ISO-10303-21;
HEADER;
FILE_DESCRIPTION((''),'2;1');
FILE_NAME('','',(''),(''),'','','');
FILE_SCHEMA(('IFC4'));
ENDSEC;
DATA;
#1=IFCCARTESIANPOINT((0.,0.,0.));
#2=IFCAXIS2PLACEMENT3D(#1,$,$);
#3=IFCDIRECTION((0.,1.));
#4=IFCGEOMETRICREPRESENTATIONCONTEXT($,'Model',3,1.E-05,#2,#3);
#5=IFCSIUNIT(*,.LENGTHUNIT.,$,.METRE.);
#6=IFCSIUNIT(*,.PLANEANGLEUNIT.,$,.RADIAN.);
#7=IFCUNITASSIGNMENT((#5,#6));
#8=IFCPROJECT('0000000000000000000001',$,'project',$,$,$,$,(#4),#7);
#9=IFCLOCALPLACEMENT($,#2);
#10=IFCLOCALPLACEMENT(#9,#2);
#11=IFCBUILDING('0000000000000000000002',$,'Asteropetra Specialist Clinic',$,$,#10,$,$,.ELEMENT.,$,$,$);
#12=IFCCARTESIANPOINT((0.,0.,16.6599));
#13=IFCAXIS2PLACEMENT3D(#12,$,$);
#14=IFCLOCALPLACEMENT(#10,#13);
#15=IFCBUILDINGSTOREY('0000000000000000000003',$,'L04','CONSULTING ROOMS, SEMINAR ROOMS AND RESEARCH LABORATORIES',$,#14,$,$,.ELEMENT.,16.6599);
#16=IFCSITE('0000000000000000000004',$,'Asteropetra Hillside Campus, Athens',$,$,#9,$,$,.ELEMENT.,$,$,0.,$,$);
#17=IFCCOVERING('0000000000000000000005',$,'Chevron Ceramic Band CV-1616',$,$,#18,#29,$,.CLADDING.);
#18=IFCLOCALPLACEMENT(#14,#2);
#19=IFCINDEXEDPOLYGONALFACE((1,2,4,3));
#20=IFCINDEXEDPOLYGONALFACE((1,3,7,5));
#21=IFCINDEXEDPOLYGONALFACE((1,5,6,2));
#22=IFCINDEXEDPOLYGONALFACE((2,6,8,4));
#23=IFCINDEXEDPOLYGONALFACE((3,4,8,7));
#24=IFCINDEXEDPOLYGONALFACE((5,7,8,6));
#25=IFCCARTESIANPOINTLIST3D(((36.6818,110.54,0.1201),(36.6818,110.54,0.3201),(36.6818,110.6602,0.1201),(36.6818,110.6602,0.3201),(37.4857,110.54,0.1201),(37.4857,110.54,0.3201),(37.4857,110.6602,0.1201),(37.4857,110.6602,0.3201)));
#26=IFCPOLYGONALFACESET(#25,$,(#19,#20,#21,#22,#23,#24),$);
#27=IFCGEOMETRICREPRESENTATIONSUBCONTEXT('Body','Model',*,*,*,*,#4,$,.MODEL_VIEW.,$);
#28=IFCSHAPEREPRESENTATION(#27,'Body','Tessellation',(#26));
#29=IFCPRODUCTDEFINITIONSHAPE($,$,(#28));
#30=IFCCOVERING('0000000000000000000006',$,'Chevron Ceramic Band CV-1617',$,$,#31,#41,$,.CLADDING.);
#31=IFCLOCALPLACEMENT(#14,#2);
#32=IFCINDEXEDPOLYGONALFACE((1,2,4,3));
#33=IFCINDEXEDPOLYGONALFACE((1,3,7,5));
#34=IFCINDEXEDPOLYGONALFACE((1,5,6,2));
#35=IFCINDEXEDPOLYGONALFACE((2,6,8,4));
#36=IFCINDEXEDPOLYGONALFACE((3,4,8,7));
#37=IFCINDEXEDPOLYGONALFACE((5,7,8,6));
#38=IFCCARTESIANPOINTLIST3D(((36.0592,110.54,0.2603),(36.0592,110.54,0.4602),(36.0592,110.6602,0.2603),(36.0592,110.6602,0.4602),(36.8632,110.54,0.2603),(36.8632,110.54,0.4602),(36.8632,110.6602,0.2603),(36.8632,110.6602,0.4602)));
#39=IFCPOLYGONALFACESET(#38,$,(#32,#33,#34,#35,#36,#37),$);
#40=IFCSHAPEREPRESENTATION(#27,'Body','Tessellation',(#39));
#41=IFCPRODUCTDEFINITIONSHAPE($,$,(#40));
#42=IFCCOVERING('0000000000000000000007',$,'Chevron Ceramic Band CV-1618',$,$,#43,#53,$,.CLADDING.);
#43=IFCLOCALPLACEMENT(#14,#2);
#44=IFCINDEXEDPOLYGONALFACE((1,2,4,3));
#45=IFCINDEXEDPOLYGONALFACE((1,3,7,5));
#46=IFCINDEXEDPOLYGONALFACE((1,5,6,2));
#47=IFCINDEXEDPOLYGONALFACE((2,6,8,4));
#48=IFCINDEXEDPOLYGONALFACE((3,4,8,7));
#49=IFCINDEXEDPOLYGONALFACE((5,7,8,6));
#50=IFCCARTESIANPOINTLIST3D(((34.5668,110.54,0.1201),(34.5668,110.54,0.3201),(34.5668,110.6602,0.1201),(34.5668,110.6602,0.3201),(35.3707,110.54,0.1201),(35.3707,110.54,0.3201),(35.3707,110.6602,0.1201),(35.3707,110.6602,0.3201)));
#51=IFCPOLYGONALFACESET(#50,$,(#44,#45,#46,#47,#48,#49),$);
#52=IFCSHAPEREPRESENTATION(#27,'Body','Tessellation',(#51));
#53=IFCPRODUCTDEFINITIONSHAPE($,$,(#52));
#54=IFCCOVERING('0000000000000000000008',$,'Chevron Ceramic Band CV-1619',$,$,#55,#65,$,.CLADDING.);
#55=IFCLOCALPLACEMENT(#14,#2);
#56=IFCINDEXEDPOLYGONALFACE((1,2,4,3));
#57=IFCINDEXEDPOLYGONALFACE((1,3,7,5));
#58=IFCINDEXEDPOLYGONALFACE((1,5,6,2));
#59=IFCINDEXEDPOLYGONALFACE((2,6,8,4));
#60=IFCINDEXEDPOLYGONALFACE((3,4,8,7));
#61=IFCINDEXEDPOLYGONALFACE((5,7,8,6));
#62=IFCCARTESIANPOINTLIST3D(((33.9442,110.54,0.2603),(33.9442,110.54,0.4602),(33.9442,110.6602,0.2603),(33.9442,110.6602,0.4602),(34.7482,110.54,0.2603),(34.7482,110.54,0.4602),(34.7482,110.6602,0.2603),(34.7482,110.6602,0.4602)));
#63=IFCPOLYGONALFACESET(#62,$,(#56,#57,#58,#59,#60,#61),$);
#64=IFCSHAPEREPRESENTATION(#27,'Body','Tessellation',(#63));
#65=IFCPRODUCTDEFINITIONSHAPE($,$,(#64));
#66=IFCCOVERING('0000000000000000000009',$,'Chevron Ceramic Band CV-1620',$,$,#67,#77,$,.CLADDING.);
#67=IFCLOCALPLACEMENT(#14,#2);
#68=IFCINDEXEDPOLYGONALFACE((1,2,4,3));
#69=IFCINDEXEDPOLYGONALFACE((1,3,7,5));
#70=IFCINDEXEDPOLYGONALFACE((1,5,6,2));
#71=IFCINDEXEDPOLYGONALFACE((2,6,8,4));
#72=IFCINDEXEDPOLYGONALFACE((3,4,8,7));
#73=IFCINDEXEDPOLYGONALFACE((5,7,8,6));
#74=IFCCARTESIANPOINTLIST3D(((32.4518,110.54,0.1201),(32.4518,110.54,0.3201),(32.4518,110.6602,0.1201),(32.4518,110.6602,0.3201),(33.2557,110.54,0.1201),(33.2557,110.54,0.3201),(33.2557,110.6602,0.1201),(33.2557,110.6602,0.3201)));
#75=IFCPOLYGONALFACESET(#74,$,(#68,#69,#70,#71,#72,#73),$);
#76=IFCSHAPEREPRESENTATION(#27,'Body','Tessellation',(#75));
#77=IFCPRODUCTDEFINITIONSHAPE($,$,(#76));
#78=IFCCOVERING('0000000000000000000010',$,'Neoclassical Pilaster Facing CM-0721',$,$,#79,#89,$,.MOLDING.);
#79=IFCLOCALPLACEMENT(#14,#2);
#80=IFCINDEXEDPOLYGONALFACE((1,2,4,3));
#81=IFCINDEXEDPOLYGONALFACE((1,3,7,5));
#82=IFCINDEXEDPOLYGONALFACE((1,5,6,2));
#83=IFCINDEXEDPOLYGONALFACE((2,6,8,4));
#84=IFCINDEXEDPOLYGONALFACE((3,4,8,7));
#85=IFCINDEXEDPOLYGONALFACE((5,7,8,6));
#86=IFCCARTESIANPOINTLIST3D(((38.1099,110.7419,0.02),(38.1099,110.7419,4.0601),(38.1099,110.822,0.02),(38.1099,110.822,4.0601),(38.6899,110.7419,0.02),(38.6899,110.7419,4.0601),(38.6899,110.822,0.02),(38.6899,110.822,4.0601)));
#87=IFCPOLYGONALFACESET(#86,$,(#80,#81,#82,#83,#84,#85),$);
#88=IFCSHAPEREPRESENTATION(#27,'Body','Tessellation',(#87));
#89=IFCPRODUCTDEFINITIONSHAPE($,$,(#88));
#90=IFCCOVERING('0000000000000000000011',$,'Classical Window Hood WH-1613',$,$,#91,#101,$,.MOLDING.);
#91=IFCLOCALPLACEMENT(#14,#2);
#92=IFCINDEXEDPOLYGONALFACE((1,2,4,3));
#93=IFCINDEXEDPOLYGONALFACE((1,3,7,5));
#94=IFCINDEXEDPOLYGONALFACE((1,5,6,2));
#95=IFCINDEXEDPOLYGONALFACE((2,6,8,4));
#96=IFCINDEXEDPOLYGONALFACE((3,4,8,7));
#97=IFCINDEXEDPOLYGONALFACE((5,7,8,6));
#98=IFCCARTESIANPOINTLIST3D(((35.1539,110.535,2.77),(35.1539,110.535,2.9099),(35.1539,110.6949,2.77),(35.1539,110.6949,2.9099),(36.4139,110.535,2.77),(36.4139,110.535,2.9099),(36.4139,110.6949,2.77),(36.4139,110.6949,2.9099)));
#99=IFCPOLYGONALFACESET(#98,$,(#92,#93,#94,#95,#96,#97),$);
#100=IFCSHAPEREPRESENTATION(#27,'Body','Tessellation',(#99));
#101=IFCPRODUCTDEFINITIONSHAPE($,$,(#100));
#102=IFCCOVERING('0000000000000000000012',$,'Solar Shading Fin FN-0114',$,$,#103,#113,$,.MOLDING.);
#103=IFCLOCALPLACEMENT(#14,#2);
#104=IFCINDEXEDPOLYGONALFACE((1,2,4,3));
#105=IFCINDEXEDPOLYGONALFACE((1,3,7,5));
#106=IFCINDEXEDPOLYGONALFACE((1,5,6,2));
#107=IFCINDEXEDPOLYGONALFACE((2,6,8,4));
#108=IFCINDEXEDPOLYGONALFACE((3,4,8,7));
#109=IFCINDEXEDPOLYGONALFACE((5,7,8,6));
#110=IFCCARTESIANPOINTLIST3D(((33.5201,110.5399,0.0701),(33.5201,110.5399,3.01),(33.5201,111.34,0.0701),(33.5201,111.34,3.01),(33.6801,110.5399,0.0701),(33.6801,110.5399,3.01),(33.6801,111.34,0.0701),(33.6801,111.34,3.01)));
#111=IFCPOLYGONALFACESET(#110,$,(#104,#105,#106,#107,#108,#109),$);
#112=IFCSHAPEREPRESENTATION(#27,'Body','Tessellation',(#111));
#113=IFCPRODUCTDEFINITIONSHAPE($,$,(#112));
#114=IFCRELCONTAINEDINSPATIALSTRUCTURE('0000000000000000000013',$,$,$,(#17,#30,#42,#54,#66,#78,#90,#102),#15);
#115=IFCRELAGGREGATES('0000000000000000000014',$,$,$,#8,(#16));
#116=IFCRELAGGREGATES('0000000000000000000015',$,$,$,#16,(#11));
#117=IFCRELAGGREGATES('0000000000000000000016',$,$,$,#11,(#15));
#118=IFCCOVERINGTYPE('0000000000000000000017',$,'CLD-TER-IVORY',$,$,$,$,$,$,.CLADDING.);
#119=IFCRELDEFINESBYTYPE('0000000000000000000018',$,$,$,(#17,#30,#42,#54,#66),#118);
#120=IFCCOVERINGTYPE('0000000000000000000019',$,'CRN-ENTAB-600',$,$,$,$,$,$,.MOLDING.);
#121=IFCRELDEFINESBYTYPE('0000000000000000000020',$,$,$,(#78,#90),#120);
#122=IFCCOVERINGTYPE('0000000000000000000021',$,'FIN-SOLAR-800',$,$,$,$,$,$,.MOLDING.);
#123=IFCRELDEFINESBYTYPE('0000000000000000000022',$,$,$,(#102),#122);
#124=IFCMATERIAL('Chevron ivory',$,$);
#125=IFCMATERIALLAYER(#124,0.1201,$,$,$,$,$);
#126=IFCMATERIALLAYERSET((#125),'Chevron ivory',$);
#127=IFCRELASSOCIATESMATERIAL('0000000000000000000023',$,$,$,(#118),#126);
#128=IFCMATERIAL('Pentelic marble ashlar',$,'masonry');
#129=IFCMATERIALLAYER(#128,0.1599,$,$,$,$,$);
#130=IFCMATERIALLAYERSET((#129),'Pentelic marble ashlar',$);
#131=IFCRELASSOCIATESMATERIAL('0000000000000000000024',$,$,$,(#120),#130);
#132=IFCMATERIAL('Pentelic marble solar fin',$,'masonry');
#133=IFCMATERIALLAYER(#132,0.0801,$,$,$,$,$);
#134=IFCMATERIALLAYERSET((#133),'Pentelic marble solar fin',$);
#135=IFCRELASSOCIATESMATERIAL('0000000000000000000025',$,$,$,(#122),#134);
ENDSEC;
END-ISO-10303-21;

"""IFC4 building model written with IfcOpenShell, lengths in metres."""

from ifc_helpers import new_model, si_unit, direction, frame, origin, origin_2d, place, context, subcontext, project, spatial, rectangle, extrude, material, layer, layer_set, type_object, element, save


model = new_model("IFC4")

# Units and contexts
model_context = context("Model", 3, precision=1e-05, world=origin(), true_north=direction((0.0, 1.0)))
body_context = subcontext(model_context, "Body", "Model", "MODEL_VIEW")
ifc_project = project(units=[si_unit("LENGTHUNIT", "METRE"), si_unit("PLANEANGLEUNIT", "RADIAN")], contexts=[model_context])

# Site, building, storey
site_placement = place(None, origin())
site = spatial("IfcSite", under=ifc_project, at=site_placement, Name="Asteropetra Hillside Campus, Athens", CompositionType="ELEMENT", RefElevation=0.0)
building_placement = place(site_placement, origin())
building = spatial("IfcBuilding", under=site, at=building_placement, Name="Asteropetra Specialist Clinic", CompositionType="ELEMENT")
storey_placement = place(building_placement, frame((0.0, 0.0, 16.6599)))
storey = spatial("IfcBuildingStorey", under=building, at=storey_placement, Name="L04", Description="CONSULTING ROOMS, SEMINAR ROOMS AND RESEARCH LABORATORIES", CompositionType="ELEMENT", Elevation=16.6599)

# Coverings
ifc_material_1 = material(Name="Chevron ivory")
ifc_layer_1 = layer(ifc_material_1, 0.1201)
ifc_layer_set_1 = layer_set([ifc_layer_1], Name="Chevron ivory")
covering_type_1 = type_object("IfcCoveringType", Name="CLD-TER-IVORY", PredefinedType="CLADDING", material=ifc_layer_set_1)
for number, where, z_axis, x_axis, name in (
    (1, (37.0837, 110.6001, 0.1201), (0.0, 0.0, 1.0), (1.0, 0.0, 0.0), "Chevron Ceramic Band CV-1616"),
    (2, (36.4612, 110.6001, 0.2603), (0.0, 0.0, 1.0), (1.0, 0.0, 0.0), "Chevron Ceramic Band CV-1617"),
    (3, (34.9688, 110.6001, 0.1201), (0.0, 0.0, 1.0), (1.0, 0.0, 0.0), "Chevron Ceramic Band CV-1618"),
    (4, (34.3462, 110.6001, 0.2603), (0.0, 0.0, 1.0), (1.0, 0.0, 0.0), "Chevron Ceramic Band CV-1619"),
    (5, (32.8538, 110.6001, 0.1201), (0.0, 0.0, 1.0), (1.0, 0.0, 0.0), "Chevron Ceramic Band CV-1620"),
):
    element("IfcCovering", number, at=place(storey_placement, frame(where, z_axis=z_axis, x_axis=x_axis)), inside=storey, type_object=covering_type_1, Name=name, PredefinedType="CLADDING", context=body_context, shape_type="SweptSolid", body=[
        extrude(rectangle(XDim=0.804, YDim=0.1201, at=origin_2d()), origin(), (0.0, 0.0, 1.0), 0.2),
    ])
ifc_material_2 = material(Name="Pentelic marble ashlar", Category="masonry")
ifc_layer_2 = layer(ifc_material_2, 0.1599)
ifc_layer_set_2 = layer_set([ifc_layer_2], Name="Pentelic marble ashlar")
covering_type_2 = type_object("IfcCoveringType", Name="CRN-ENTAB-600", PredefinedType="MOLDING", material=ifc_layer_set_2)
covering_1_placement = place(storey_placement, frame((38.3999, 110.782, 0.02), z_axis=(0.0, 0.0, 1.0), x_axis=(1.0, 0.0, 0.0)))
element("IfcCovering", 6, at=covering_1_placement, inside=storey, type_object=covering_type_2, Name="Neoclassical Pilaster Facing CM-0721", PredefinedType="MOLDING", context=body_context, shape_type="SweptSolid", body=[
    extrude(rectangle(XDim=0.5801, YDim=0.0801, at=origin_2d()), origin(), (0.0, 0.0, 1.0), 4.04),
])
covering_2_placement = place(storey_placement, frame((35.7839, 110.615, 2.77), z_axis=(0.0, 0.0, 1.0), x_axis=(1.0, 0.0, 0.0)))
element("IfcCovering", 7, at=covering_2_placement, inside=storey, type_object=covering_type_2, Name="Classical Window Hood WH-1613", PredefinedType="MOLDING", context=body_context, shape_type="SweptSolid", body=[
    extrude(rectangle(XDim=1.26, YDim=0.1599, at=origin_2d()), origin(), (0.0, 0.0, 1.0), 0.1399),
])
ifc_material_3 = material(Name="Pentelic marble solar fin", Category="masonry")
ifc_layer_3 = layer(ifc_material_3, 0.0801)
ifc_layer_set_3 = layer_set([ifc_layer_3], Name="Pentelic marble solar fin")
covering_type_3 = type_object("IfcCoveringType", Name="FIN-SOLAR-800", PredefinedType="MOLDING", material=ifc_layer_set_3)
covering_3_placement = place(storey_placement, frame((33.6001, 110.9399, 0.0701), z_axis=(0.0, 0.0, 1.0), x_axis=(1.0, 0.0, 0.0)))
element("IfcCovering", 8, at=covering_3_placement, inside=storey, type_object=covering_type_3, Name="Solar Shading Fin FN-0114", PredefinedType="MOLDING", context=body_context, shape_type="SweptSolid", body=[
    extrude(rectangle(XDim=0.1599, YDim=0.8, at=origin_2d()), origin(), (0.0, 0.0, 1.0), 2.9399),
])

save(model, "model.ifc")
